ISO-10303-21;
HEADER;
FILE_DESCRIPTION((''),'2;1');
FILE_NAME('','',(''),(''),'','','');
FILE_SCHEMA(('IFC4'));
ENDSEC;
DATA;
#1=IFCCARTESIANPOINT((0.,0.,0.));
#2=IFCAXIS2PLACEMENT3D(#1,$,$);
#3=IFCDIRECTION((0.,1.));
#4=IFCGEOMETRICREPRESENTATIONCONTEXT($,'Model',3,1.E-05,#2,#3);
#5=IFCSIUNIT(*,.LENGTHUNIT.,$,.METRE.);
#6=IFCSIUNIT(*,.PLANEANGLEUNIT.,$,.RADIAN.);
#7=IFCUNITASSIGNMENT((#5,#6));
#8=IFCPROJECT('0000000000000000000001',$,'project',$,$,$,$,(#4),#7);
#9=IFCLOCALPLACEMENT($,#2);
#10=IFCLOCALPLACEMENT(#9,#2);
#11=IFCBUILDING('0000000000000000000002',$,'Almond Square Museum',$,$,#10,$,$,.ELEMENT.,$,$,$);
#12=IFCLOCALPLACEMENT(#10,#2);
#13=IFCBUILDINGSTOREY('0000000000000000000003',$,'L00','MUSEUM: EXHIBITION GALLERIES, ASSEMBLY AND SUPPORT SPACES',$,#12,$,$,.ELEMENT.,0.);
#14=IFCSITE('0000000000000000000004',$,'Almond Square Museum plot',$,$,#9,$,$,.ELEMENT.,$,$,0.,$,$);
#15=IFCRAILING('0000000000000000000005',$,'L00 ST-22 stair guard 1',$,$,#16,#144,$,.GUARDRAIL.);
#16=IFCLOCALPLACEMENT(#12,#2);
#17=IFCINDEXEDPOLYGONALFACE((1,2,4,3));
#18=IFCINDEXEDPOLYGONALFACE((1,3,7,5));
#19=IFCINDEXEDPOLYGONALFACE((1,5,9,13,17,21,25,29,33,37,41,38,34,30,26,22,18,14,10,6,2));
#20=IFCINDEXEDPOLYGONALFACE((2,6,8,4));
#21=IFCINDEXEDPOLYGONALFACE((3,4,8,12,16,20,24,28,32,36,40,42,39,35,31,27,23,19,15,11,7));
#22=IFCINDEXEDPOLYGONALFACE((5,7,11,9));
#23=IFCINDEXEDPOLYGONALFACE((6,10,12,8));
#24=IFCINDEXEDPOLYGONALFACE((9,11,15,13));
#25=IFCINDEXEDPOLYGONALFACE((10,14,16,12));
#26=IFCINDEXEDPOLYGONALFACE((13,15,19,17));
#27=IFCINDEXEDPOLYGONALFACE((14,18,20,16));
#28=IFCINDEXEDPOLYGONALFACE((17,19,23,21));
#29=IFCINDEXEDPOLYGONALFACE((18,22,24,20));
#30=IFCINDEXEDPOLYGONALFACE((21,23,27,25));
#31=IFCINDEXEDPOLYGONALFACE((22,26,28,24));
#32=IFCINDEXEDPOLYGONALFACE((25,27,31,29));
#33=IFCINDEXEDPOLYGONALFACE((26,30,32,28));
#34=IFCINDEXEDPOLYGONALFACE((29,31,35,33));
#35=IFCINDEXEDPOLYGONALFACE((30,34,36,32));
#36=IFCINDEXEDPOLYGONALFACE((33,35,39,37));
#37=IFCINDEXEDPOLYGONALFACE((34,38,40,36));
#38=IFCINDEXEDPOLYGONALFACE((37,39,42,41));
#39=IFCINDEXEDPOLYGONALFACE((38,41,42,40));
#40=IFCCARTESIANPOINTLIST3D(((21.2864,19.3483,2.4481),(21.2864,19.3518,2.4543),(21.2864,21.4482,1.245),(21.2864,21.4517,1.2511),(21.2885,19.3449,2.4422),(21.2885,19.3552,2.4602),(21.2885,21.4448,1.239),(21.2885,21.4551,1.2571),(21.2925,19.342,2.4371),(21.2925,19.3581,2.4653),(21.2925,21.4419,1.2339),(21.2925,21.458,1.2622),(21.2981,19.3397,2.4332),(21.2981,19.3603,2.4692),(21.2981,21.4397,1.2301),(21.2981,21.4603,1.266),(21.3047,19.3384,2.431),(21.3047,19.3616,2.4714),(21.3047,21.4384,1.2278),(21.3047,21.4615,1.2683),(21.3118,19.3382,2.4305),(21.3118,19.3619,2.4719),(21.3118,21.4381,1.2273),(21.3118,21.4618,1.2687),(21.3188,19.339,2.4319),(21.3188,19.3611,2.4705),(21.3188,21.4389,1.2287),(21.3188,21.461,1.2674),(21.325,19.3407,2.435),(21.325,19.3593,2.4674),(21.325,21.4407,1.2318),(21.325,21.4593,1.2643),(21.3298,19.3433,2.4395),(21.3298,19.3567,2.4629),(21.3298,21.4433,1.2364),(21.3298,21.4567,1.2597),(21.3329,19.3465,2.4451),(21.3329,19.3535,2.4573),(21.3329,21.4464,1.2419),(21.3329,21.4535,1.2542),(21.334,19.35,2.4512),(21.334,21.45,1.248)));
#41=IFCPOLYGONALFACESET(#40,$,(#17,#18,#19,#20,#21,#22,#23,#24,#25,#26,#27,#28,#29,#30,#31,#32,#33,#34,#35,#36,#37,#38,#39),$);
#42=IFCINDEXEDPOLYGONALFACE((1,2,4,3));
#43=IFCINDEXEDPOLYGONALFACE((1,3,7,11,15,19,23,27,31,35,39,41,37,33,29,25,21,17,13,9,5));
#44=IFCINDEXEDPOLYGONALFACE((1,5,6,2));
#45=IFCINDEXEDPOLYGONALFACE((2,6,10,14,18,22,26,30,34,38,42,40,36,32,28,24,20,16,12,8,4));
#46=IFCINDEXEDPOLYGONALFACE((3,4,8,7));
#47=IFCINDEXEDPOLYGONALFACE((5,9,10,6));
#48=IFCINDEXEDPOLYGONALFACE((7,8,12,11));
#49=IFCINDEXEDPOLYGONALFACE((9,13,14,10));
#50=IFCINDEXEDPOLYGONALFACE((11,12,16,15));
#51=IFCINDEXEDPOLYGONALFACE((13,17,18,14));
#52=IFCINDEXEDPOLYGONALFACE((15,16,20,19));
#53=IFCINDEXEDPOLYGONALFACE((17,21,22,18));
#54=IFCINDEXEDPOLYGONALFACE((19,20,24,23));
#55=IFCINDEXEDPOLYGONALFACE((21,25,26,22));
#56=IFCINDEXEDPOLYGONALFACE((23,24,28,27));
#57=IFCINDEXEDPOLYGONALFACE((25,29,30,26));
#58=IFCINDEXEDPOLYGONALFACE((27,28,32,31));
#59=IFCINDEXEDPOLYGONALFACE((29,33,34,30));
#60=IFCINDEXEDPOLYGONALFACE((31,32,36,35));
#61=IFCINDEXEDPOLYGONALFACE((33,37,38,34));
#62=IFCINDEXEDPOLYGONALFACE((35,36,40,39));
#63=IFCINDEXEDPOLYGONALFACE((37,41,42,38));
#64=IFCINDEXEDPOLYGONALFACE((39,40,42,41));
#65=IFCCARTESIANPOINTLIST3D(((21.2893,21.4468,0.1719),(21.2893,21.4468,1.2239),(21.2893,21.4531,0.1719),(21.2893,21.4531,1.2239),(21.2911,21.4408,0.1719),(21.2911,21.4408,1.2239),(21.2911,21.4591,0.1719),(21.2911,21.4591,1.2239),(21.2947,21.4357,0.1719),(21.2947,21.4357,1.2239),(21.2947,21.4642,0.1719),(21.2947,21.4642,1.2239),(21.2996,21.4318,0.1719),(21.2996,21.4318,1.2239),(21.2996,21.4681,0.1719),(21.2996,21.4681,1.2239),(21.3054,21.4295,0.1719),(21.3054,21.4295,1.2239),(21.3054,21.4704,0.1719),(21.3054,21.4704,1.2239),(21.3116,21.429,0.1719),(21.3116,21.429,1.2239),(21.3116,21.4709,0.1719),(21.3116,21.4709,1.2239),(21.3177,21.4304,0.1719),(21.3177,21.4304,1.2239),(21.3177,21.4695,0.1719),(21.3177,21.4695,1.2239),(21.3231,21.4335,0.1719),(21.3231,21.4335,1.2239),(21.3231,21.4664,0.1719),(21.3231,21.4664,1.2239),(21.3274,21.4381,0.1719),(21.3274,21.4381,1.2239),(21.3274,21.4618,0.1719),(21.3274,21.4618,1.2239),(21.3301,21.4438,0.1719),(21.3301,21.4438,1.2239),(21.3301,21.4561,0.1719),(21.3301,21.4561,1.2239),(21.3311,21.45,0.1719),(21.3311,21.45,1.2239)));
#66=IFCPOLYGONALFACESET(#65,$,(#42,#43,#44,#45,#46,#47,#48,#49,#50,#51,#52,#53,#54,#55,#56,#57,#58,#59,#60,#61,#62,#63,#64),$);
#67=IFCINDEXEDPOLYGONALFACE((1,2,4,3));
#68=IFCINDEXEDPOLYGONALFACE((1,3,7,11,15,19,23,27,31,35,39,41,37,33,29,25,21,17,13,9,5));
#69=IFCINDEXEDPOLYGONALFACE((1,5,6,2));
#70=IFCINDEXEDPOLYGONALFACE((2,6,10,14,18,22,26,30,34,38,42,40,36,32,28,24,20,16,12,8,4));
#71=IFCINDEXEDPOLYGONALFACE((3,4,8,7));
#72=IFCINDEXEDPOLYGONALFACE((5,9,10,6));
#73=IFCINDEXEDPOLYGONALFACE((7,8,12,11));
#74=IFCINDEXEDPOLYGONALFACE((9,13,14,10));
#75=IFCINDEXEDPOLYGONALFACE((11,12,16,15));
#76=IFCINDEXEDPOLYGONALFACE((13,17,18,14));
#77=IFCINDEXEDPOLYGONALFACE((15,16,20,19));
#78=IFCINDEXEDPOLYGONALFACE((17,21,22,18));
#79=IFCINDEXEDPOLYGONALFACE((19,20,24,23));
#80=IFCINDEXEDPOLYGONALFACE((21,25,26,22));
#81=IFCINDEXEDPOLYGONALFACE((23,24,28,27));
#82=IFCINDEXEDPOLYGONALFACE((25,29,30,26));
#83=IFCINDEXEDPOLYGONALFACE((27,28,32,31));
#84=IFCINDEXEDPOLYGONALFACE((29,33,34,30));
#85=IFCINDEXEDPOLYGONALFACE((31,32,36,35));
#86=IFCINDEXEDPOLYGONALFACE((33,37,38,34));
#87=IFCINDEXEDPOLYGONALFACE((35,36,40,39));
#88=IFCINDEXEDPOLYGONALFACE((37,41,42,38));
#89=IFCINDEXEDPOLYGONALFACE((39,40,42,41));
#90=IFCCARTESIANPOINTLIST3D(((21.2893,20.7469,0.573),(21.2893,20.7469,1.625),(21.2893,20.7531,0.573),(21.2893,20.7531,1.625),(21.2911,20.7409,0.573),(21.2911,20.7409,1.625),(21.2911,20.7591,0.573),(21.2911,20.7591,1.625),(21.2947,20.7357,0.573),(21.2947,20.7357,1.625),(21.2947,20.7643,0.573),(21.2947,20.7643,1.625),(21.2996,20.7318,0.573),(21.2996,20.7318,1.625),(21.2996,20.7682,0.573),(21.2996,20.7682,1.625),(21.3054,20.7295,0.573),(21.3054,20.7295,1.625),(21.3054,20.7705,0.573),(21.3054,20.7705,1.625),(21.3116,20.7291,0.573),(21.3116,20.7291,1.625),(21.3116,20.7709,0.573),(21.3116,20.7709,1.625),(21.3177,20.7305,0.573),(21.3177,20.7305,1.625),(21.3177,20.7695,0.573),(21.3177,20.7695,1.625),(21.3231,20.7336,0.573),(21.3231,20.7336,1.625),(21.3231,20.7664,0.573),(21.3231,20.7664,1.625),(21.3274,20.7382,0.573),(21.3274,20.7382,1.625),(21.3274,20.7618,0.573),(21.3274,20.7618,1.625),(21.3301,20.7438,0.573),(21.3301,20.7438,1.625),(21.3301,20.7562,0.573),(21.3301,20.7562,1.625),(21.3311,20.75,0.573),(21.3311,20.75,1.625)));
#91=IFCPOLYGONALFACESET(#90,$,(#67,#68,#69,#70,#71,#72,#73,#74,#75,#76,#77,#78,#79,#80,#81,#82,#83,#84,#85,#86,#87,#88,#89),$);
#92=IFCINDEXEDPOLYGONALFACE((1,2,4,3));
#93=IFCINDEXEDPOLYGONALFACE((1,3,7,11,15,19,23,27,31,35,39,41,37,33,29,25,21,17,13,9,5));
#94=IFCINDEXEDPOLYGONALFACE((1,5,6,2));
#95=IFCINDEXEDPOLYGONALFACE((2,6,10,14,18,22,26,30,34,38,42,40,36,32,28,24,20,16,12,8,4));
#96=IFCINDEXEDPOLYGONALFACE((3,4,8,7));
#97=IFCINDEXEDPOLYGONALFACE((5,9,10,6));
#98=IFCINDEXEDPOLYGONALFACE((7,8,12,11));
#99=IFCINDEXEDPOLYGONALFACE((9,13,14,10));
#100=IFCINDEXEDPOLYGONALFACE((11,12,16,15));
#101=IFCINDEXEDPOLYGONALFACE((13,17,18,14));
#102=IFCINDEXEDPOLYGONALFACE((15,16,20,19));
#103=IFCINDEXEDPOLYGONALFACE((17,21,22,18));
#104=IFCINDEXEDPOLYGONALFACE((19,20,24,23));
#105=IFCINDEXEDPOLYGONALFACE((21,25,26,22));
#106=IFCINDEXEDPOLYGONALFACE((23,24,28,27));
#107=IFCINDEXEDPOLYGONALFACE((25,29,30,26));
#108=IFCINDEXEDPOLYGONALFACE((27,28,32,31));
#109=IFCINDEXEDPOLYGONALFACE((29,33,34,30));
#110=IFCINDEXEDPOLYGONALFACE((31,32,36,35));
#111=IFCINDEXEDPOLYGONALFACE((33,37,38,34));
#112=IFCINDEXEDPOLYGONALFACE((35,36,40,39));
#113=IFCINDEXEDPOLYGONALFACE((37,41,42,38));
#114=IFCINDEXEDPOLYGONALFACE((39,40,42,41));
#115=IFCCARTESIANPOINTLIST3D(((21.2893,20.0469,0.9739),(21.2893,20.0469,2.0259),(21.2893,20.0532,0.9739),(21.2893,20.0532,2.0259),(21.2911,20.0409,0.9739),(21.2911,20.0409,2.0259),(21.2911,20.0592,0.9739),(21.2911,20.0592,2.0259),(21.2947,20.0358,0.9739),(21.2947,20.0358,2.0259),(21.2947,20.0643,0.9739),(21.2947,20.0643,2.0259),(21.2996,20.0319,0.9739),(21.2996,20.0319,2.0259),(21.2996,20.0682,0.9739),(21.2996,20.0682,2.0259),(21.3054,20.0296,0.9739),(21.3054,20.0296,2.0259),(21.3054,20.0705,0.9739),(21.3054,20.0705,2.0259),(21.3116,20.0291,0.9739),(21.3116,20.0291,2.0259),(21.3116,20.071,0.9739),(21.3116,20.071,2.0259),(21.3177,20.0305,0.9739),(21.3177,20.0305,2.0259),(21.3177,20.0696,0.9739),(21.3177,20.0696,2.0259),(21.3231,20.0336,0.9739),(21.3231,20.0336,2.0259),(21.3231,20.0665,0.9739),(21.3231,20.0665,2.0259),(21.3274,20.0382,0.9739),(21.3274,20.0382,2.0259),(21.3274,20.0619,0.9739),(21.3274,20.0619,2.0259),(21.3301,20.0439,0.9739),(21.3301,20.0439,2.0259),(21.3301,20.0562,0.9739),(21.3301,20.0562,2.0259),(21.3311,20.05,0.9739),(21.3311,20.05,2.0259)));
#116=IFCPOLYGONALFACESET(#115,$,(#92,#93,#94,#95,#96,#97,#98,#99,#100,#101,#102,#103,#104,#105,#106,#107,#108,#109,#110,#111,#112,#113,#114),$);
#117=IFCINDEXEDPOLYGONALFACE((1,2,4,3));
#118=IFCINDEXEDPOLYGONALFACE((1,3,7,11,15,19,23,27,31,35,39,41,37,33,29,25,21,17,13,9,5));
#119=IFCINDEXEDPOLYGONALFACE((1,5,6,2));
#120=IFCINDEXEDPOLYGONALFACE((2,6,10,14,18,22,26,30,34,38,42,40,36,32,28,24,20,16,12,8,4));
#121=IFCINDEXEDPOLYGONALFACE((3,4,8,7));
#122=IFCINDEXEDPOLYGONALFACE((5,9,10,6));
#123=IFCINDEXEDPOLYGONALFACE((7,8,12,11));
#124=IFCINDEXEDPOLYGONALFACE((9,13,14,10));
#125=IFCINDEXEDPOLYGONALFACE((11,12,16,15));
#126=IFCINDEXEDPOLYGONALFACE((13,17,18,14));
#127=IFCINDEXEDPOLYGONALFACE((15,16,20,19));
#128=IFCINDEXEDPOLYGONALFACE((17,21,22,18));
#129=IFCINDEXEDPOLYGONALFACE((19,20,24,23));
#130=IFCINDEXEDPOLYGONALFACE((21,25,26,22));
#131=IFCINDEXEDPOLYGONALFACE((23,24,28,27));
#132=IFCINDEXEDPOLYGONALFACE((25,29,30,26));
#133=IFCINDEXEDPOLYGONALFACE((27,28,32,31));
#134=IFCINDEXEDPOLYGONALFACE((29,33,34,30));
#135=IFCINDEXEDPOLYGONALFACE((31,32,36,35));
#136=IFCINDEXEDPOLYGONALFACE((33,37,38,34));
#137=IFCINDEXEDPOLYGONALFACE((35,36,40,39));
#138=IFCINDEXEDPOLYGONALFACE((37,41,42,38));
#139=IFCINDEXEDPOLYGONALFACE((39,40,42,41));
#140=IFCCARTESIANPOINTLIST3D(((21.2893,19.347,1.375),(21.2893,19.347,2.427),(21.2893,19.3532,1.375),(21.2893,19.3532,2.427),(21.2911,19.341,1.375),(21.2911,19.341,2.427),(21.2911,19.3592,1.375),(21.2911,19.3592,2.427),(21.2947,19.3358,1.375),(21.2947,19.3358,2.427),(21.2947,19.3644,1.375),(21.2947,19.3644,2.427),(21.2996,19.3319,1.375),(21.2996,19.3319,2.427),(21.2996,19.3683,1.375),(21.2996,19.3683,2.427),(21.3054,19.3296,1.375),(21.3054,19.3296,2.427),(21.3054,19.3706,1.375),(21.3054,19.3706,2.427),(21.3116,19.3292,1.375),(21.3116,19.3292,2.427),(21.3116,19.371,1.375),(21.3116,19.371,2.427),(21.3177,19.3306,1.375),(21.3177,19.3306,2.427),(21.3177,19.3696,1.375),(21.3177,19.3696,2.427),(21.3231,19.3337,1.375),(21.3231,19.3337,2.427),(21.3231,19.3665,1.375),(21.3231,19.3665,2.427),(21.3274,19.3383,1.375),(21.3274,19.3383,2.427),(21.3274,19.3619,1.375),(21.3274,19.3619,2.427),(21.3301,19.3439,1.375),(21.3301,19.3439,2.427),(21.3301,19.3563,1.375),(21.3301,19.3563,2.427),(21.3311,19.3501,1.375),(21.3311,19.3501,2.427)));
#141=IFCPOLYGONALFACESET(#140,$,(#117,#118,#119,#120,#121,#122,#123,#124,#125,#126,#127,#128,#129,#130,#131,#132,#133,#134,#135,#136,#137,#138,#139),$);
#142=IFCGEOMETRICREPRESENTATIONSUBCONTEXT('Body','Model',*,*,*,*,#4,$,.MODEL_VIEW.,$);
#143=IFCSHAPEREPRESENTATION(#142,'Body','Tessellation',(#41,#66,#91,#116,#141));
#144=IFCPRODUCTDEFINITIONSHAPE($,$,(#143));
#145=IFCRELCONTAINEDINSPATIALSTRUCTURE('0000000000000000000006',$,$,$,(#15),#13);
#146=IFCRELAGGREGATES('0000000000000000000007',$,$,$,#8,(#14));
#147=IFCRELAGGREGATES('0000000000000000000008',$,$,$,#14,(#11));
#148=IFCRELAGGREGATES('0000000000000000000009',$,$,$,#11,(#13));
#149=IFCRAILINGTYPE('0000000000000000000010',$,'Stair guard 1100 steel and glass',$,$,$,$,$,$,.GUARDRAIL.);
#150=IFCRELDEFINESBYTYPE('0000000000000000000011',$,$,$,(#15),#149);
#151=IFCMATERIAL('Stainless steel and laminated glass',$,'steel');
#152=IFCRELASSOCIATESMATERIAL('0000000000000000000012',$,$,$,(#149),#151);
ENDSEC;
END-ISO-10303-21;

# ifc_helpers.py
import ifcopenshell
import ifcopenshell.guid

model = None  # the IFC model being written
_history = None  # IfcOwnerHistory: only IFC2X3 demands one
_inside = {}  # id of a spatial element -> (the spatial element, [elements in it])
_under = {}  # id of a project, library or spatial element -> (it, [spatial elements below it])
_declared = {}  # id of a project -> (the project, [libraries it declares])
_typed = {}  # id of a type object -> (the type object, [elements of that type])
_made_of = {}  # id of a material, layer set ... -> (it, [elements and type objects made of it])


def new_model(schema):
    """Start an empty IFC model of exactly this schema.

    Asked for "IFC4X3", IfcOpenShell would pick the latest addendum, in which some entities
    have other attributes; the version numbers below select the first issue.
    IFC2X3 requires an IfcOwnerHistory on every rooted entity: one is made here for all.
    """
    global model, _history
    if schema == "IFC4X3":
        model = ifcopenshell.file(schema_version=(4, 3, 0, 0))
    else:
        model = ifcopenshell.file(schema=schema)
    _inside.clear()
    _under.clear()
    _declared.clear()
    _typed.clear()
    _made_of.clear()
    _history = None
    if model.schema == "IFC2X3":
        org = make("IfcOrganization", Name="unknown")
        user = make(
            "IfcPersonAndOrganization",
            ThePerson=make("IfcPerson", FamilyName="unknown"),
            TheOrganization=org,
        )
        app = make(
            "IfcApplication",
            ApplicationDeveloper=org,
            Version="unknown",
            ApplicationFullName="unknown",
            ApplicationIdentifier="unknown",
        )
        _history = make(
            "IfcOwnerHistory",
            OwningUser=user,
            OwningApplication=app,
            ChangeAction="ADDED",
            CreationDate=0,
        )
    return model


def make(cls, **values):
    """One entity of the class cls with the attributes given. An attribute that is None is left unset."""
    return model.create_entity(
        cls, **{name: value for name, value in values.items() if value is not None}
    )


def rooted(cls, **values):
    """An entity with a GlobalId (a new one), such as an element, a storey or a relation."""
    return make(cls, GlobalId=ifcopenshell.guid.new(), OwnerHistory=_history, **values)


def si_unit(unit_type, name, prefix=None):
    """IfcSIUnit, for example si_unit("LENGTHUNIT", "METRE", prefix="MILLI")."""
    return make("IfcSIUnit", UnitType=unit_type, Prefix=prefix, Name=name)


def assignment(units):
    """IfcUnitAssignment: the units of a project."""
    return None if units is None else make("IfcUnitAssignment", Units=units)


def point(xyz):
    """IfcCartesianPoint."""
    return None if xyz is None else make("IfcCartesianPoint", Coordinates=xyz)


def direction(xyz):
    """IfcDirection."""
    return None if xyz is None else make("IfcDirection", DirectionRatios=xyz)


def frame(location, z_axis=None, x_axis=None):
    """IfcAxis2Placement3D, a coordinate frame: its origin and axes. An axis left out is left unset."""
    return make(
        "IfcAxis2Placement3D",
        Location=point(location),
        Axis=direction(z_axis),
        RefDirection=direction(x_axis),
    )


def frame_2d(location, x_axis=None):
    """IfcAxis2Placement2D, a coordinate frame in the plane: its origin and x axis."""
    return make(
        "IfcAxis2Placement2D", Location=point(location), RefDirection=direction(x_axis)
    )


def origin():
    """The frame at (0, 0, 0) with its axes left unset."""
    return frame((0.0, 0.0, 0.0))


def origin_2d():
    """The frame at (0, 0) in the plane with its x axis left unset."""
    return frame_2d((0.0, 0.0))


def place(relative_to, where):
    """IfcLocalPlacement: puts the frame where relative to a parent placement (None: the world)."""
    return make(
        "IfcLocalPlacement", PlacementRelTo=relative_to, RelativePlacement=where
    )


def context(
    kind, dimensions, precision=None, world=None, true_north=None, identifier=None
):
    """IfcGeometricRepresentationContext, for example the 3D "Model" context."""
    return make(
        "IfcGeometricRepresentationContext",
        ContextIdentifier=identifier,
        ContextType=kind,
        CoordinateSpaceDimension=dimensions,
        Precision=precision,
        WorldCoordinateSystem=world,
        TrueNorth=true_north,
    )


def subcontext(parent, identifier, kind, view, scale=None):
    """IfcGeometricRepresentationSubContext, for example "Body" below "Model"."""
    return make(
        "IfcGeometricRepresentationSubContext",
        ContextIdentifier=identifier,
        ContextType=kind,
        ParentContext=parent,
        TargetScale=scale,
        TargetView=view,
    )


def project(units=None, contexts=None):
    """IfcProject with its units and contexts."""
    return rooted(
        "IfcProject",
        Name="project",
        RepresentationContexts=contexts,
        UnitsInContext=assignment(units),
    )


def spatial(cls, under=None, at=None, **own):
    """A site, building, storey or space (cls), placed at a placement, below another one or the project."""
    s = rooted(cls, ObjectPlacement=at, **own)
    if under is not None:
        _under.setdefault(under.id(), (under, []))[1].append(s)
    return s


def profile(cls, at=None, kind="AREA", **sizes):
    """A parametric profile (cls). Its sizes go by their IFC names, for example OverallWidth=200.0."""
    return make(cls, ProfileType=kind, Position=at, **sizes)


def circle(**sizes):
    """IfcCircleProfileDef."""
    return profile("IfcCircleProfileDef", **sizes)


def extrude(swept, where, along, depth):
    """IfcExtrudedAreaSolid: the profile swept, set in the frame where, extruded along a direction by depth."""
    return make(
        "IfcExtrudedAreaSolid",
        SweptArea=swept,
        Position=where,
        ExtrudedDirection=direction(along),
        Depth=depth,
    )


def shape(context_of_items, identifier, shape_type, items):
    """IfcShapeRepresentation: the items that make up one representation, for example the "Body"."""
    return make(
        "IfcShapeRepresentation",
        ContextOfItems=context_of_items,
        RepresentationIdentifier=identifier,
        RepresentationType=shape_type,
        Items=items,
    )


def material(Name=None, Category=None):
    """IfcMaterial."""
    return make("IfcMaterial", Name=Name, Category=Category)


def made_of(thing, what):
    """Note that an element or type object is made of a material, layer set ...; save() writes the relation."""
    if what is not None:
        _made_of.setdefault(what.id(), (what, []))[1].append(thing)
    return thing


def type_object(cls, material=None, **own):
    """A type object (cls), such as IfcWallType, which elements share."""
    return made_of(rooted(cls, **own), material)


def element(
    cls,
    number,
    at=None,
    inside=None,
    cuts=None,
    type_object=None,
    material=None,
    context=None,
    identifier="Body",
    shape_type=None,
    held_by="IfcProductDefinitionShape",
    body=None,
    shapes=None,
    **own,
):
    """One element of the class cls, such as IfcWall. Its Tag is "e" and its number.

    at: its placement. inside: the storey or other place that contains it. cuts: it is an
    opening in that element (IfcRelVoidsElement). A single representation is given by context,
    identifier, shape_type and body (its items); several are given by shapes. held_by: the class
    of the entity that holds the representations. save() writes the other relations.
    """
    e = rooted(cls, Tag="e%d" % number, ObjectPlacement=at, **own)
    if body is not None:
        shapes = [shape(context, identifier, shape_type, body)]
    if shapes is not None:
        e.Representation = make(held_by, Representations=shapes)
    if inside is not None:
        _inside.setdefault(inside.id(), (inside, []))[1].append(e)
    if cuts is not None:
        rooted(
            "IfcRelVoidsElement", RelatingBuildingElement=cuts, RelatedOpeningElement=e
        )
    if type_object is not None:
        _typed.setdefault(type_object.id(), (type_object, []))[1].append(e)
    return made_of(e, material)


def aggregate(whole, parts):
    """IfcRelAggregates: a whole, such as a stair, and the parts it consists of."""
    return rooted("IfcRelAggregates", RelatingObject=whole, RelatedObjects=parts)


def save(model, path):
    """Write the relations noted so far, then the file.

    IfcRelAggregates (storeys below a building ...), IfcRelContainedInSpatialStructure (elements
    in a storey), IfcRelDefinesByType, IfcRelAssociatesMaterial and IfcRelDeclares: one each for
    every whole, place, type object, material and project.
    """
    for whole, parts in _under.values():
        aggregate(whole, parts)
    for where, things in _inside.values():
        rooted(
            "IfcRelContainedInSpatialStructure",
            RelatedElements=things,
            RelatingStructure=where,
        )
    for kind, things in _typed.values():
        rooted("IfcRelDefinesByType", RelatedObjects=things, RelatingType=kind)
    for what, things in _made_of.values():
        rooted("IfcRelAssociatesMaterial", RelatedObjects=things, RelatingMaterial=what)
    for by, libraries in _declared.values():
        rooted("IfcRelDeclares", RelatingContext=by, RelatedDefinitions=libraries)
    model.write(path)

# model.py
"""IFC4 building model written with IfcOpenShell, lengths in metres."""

from ifc_helpers import new_model, si_unit, direction, frame, origin, origin_2d, place, context, subcontext, project, spatial, circle, extrude, material, type_object, element, save


model = new_model("IFC4")

# Units and contexts
model_context = context("Model", 3, precision=1e-05, world=origin(), true_north=direction((0.0, 1.0)))
body_context = subcontext(model_context, "Body", "Model", "MODEL_VIEW")
ifc_project = project(units=[si_unit("LENGTHUNIT", "METRE"), si_unit("PLANEANGLEUNIT", "RADIAN")], contexts=[model_context])

# Site, building, storey
site_placement = place(None, origin())
site = spatial("IfcSite", under=ifc_project, at=site_placement, Name="Almond Square Museum plot", CompositionType="ELEMENT", RefElevation=0.0)
building_placement = place(site_placement, origin())
building = spatial("IfcBuilding", under=site, at=building_placement, Name="Almond Square Museum", CompositionType="ELEMENT")
storey_placement = place(building_placement, origin())
storey = spatial("IfcBuildingStorey", under=building, at=storey_placement, Name="L00", Description="MUSEUM: EXHIBITION GALLERIES, ASSEMBLY AND SUPPORT SPACES", CompositionType="ELEMENT", Elevation=0.0)

# Railing
ifc_material_1 = material(Name="Stainless steel and laminated glass", Category="steel")
railing_type_1 = type_object("IfcRailingType", Name="Stair guard 1100 steel and glass", PredefinedType="GUARDRAIL", material=ifc_material_1)
railing_1_placement = place(storey_placement, frame((21.3101, 21.45, 0.1719)))
element("IfcRailing", 1, at=railing_1_placement, inside=storey, type_object=railing_type_1, Name="L00 ST-22 stair guard 1", PredefinedType="GUARDRAIL", context=body_context, shape_type="SweptSolid", body=[
    extrude(circle(Radius=0.0239, at=origin_2d()), frame((0.0, 0.0, 1.0762), z_axis=(0.0, -0.867671, 0.497138), x_axis=(1.0, 0.0, 0.0)), (0.0, 0.0, 1.0), 2.4202),
    extrude(circle(Radius=0.021, at=origin_2d()), origin(), (0.0, 0.0, 1.0), 1.052),
    extrude(circle(Radius=0.021, at=origin_2d()), frame((0.0, -0.7, 0.4011)), (0.0, 0.0, 1.0), 1.052),
    extrude(circle(Radius=0.021, at=origin_2d()), frame((0.0, -1.3999, 0.802)), (0.0, 0.0, 1.0), 1.052),
    extrude(circle(Radius=0.021, at=origin_2d()), frame((0.0, -2.0999, 1.2031)), (0.0, 0.0, 1.0), 1.052),
])

save(model, "model.ifc")
